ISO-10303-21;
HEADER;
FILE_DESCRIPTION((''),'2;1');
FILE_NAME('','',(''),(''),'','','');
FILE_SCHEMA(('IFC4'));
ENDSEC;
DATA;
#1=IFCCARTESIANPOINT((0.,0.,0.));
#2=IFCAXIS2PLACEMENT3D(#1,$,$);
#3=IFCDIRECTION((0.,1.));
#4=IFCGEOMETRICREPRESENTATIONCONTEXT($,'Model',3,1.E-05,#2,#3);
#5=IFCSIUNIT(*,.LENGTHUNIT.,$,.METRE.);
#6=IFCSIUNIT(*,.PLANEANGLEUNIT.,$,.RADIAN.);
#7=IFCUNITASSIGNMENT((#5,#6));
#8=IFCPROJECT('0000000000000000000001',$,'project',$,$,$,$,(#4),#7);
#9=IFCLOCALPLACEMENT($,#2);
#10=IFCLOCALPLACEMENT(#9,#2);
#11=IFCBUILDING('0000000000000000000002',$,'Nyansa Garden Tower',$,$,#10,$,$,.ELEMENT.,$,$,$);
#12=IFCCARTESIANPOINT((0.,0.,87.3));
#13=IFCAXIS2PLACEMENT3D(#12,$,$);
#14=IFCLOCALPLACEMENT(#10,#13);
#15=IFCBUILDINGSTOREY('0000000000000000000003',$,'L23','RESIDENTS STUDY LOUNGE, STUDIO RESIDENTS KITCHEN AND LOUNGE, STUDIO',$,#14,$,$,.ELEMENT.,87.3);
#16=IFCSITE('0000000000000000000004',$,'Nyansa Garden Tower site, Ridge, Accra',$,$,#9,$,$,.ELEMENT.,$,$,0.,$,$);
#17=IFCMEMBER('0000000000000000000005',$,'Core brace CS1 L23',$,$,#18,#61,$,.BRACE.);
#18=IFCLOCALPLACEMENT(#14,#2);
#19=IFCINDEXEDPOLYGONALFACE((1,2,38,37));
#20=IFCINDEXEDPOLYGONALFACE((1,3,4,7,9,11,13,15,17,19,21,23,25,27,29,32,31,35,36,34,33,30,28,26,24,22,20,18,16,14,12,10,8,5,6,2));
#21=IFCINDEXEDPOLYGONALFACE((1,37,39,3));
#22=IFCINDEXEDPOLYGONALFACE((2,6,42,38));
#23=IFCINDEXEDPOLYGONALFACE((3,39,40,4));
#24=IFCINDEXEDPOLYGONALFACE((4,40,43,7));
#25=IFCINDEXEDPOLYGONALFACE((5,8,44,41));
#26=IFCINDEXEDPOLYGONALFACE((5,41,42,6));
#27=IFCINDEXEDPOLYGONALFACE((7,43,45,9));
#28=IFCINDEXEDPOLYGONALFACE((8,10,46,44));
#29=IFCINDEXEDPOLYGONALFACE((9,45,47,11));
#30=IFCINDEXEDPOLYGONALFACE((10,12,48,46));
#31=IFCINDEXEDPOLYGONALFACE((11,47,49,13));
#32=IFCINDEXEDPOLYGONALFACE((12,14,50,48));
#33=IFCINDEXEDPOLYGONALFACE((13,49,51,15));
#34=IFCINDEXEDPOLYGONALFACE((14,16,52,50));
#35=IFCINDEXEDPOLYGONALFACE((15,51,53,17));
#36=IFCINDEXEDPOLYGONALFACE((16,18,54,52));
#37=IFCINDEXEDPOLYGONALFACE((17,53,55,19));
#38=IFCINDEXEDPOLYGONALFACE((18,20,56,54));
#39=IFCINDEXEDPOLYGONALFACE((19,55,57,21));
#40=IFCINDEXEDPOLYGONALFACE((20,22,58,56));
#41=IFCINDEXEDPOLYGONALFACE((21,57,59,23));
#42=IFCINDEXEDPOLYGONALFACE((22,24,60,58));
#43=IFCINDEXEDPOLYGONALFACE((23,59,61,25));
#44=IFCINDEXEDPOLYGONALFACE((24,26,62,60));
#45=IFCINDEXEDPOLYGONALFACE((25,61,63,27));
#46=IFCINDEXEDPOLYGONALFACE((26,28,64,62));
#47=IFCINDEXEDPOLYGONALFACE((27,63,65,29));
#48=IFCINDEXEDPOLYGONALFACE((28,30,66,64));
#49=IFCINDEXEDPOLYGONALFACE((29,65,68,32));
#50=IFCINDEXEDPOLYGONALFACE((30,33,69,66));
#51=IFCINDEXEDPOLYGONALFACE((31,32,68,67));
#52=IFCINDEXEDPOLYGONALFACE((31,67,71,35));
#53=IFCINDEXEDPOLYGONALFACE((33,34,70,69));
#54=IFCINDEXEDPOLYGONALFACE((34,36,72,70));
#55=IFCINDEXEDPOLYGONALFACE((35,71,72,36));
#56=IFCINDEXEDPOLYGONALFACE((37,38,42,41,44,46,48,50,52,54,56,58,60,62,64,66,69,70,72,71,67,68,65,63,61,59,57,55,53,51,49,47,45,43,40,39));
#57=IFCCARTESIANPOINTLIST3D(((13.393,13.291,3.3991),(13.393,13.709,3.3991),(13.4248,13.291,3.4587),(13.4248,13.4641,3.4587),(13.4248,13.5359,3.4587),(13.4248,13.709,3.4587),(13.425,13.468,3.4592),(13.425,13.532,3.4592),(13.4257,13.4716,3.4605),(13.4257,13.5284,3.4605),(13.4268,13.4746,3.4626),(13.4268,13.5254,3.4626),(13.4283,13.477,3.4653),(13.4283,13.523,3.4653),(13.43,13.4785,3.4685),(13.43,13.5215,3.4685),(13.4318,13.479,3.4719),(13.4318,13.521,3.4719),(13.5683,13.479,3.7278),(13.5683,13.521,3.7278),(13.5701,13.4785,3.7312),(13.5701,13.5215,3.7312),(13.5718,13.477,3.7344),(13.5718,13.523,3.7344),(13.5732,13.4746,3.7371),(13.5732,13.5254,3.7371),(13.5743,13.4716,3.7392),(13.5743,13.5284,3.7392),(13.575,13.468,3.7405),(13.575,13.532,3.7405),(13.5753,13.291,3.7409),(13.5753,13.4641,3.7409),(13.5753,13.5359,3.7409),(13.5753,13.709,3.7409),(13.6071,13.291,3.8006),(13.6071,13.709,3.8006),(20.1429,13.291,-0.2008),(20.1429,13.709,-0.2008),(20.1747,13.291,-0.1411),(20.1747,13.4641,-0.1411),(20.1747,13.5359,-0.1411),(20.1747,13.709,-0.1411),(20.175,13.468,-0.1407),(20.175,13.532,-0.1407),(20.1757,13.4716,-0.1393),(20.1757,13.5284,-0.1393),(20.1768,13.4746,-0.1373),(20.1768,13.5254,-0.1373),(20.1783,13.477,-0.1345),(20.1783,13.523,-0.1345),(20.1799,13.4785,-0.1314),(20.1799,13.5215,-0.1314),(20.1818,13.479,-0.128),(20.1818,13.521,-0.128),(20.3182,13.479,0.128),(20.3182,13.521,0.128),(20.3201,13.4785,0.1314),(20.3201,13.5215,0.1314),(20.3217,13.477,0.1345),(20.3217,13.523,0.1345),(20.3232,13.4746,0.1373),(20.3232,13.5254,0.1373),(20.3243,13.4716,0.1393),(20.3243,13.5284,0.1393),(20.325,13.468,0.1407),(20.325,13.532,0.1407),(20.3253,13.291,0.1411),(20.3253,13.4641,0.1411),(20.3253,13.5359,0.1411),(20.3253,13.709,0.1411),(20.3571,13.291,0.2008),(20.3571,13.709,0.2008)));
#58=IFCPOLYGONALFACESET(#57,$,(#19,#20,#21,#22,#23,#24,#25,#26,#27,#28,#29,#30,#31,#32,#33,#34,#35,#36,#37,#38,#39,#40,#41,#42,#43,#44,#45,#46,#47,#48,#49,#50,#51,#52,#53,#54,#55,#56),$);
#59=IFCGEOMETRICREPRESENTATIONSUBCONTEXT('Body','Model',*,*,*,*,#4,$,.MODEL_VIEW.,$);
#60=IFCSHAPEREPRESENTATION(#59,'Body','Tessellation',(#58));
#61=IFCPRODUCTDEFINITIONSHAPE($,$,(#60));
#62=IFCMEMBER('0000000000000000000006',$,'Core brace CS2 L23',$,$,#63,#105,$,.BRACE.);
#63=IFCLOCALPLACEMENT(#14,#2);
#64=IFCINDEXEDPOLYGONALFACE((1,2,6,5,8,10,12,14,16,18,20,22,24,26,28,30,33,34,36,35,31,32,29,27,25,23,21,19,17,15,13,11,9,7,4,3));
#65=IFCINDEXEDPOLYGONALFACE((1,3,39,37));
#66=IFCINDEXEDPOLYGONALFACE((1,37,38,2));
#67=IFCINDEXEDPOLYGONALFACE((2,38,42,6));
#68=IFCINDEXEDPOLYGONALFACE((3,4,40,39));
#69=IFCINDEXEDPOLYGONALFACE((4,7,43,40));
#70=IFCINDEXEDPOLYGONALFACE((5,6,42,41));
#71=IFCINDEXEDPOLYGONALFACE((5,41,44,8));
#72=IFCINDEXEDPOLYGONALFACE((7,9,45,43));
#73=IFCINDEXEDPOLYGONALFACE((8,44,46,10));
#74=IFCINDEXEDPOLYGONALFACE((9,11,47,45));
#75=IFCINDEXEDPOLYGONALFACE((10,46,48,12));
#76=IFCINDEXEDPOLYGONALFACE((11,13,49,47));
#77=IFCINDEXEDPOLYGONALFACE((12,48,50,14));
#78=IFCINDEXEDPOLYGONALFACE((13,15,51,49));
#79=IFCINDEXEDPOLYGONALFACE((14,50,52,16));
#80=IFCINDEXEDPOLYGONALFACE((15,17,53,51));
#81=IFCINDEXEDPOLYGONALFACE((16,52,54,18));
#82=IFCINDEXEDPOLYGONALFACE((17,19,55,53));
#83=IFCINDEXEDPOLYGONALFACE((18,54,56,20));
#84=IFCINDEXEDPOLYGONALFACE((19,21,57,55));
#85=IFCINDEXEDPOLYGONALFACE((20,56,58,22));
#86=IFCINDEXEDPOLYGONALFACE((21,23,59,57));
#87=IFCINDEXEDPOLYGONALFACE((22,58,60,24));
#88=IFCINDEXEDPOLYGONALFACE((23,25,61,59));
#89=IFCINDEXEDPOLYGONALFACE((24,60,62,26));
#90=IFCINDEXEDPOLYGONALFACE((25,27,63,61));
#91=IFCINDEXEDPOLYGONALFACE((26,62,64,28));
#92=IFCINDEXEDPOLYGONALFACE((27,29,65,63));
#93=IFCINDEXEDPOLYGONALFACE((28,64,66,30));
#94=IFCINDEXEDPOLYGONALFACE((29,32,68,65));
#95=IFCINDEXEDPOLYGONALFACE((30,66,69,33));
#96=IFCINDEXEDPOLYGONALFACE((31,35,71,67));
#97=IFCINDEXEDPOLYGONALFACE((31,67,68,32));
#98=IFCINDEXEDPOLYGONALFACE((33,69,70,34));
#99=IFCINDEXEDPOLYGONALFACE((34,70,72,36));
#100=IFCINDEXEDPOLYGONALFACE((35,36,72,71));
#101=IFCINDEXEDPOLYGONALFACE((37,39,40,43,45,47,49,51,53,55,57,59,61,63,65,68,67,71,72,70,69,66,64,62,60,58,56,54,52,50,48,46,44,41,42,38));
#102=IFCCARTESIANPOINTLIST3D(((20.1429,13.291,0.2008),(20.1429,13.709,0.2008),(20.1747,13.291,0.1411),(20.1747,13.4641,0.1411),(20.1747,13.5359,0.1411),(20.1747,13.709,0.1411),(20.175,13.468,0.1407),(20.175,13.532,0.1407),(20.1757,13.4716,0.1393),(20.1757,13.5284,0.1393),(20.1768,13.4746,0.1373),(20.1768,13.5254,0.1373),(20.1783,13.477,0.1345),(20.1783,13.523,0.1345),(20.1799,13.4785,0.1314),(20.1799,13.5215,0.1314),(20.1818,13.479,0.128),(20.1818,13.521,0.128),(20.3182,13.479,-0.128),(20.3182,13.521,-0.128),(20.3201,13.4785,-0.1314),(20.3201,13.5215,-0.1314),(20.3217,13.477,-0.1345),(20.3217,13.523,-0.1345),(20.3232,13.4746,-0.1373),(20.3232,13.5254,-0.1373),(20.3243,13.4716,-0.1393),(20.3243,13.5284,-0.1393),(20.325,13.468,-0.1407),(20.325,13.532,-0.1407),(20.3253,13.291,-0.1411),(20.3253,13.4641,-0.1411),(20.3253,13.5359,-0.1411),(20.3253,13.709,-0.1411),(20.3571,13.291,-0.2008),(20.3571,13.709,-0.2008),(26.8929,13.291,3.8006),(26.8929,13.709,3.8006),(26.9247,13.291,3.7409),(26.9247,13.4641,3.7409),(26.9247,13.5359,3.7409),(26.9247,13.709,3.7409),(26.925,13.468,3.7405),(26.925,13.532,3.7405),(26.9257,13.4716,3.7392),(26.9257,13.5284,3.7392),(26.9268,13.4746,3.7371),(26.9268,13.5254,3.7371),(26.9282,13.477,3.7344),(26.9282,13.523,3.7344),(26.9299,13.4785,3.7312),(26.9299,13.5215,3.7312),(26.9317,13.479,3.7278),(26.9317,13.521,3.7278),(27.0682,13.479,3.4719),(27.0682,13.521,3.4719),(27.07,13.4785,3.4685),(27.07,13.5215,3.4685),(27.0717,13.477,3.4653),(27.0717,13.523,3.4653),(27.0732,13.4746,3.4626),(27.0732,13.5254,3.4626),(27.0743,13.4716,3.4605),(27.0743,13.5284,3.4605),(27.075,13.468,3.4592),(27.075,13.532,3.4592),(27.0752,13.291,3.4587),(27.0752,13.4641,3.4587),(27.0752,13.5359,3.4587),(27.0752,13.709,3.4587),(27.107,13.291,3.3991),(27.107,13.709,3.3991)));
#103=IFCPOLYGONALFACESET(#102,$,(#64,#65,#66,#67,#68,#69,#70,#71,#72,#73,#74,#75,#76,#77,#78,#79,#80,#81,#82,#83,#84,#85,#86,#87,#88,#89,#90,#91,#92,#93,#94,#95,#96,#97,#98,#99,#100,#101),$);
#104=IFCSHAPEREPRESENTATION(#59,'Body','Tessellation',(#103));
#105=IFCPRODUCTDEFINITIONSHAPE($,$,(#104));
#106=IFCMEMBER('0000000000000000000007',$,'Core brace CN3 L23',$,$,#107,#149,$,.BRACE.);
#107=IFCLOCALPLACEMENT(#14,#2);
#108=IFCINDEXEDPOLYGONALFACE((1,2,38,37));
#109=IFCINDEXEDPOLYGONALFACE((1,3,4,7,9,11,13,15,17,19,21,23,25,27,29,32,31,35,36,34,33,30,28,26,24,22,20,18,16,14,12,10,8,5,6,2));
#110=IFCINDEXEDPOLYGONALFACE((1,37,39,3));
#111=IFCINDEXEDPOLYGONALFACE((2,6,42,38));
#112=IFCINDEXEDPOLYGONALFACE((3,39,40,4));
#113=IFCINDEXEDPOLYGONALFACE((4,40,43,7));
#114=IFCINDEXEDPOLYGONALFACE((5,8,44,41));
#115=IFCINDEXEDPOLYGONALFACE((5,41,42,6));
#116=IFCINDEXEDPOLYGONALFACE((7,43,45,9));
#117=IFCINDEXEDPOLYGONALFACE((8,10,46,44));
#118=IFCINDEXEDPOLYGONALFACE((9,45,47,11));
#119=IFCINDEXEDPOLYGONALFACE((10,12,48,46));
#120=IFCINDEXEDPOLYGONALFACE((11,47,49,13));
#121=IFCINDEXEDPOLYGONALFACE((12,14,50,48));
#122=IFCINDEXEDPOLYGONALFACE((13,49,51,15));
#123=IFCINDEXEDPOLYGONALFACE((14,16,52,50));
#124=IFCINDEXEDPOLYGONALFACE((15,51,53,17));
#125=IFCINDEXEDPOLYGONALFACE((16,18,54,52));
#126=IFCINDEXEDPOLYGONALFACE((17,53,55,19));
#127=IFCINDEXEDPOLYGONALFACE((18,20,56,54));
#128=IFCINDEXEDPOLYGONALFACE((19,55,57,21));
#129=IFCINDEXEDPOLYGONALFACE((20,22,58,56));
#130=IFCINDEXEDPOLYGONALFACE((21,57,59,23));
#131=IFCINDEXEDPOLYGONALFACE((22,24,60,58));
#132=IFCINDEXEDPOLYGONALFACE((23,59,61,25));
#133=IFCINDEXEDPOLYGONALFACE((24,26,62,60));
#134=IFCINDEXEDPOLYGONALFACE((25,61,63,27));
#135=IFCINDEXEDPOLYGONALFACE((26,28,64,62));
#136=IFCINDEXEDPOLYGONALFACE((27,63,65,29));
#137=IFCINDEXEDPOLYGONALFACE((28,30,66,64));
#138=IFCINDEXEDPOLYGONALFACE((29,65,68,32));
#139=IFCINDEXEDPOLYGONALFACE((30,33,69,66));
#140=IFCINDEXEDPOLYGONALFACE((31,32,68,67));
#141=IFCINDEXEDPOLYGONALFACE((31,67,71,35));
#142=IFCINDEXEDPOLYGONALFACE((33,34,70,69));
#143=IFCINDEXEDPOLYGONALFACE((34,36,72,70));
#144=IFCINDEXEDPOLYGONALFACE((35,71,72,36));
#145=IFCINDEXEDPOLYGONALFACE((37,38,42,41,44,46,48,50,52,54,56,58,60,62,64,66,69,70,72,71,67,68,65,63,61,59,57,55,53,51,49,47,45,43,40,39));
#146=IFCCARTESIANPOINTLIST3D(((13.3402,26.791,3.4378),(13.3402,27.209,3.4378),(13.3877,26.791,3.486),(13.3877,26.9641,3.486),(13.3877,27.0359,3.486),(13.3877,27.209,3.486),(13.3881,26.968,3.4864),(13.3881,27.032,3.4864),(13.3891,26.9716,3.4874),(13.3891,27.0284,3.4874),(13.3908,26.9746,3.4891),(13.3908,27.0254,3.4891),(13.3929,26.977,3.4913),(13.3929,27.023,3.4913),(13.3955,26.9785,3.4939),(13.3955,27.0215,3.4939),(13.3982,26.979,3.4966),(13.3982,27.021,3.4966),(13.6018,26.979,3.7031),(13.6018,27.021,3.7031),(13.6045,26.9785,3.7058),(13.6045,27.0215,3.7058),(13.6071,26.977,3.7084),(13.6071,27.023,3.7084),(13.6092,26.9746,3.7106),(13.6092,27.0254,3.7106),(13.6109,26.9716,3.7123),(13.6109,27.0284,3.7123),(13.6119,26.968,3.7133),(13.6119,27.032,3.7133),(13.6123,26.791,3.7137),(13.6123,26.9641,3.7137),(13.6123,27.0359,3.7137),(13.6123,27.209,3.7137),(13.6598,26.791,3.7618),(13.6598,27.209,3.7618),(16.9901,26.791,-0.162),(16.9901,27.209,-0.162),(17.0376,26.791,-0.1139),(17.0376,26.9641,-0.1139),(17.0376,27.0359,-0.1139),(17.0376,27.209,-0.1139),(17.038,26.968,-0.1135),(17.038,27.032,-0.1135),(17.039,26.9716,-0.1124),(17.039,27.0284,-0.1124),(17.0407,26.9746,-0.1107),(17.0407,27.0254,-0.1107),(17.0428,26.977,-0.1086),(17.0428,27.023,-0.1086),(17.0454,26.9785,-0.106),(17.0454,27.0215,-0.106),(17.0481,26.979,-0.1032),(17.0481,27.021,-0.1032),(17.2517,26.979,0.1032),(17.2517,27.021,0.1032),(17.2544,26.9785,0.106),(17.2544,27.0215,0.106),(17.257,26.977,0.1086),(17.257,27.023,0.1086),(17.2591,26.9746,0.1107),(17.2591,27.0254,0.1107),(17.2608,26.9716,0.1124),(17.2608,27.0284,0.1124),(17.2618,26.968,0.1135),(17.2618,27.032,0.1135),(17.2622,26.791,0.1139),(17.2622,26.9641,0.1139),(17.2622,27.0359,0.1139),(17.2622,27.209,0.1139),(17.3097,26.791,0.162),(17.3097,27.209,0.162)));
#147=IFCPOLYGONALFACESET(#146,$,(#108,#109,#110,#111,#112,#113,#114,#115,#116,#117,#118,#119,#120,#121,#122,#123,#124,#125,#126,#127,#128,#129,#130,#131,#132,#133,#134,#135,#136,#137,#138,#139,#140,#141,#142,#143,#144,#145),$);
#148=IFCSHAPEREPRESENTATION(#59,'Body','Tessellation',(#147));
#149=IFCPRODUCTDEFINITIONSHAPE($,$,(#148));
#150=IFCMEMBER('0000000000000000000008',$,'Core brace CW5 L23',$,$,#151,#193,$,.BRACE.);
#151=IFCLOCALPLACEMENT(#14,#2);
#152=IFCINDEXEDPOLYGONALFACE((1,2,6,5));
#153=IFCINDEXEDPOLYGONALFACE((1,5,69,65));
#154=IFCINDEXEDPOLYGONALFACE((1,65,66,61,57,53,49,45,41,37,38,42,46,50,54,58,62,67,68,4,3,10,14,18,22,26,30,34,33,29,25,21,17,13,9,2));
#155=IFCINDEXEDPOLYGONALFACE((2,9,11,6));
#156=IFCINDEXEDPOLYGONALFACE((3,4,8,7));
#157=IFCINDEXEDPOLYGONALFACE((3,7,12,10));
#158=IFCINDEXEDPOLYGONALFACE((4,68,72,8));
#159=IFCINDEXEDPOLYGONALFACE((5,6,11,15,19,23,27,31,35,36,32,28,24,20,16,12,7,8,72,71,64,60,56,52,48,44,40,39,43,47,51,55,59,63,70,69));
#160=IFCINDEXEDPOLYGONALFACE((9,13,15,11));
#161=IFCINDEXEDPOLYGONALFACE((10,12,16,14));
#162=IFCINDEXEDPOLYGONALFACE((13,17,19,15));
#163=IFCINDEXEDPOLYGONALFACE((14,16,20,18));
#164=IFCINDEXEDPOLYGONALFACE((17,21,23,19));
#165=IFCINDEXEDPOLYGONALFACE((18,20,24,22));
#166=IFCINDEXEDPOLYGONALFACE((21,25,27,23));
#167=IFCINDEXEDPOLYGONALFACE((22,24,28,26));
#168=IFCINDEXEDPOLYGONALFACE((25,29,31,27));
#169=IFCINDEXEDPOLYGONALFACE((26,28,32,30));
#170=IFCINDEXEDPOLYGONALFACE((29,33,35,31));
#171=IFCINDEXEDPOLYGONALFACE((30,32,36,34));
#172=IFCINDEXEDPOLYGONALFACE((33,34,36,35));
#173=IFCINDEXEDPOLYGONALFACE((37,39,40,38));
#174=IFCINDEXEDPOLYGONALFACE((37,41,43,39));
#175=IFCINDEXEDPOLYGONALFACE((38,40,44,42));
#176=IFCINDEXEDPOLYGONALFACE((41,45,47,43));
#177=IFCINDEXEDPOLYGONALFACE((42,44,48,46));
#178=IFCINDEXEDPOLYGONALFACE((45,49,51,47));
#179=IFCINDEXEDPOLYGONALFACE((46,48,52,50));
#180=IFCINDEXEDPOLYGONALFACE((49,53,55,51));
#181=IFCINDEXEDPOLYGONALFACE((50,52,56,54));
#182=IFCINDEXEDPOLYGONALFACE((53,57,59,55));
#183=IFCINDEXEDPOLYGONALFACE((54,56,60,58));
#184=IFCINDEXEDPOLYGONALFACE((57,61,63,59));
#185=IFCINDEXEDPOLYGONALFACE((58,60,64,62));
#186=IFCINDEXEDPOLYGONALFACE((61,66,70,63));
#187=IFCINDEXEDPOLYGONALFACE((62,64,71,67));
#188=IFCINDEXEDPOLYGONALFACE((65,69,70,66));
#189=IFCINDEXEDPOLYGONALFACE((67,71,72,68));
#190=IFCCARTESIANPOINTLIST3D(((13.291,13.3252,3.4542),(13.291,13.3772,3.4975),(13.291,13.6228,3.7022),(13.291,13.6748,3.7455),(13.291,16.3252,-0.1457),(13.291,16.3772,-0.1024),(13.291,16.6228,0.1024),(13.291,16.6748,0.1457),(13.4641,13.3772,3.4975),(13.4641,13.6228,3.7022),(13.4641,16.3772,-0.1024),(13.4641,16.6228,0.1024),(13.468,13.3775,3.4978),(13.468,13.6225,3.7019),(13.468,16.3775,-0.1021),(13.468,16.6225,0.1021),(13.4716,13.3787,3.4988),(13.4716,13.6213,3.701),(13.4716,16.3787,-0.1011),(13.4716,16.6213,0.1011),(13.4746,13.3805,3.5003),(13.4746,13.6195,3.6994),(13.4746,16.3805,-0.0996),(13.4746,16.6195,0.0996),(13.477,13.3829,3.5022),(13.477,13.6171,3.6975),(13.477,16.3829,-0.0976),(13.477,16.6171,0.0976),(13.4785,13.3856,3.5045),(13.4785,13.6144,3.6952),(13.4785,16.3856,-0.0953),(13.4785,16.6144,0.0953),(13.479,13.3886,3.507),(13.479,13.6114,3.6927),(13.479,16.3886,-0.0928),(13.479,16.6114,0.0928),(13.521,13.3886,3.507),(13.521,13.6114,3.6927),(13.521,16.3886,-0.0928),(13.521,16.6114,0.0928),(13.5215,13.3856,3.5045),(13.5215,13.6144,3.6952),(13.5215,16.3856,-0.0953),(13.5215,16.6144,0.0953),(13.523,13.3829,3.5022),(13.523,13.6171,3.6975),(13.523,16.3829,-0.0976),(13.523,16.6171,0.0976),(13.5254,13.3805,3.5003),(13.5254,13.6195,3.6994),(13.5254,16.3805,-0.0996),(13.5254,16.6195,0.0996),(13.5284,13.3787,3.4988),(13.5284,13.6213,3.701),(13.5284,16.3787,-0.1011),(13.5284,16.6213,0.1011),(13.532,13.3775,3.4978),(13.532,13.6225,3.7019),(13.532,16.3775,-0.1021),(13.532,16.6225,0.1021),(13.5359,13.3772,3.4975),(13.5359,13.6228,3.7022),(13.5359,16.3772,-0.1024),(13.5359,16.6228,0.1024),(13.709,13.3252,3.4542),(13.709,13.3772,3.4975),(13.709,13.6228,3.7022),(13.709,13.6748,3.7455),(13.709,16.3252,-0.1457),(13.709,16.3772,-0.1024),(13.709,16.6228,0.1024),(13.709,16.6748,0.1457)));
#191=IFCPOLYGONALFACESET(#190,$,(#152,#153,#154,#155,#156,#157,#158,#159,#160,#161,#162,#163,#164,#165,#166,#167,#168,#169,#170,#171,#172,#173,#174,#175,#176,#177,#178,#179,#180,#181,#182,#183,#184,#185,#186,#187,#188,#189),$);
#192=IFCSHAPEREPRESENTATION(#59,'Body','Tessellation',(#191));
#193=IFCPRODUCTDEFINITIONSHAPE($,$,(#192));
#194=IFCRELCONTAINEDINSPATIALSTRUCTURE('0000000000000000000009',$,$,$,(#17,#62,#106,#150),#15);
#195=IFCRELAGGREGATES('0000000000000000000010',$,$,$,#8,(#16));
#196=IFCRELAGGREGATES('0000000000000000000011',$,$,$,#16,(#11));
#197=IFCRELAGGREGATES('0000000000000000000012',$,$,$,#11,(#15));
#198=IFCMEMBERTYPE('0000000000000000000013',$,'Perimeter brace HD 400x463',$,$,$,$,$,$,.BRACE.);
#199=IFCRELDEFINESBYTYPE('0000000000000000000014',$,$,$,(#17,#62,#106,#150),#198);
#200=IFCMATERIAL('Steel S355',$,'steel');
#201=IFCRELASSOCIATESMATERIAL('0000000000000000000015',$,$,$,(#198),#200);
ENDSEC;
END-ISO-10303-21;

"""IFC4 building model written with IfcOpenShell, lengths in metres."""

from ifc_helpers import new_model, si_unit, direction, frame, origin, origin_2d, place, context, subcontext, project, spatial, i_section, extrude, material, material_profile, profile_set, type_object, element, save


model = new_model("IFC4")

# Units and contexts
model_context = context("Model", 3, precision=1e-05, world=origin(), true_north=direction((0.0, 1.0)))
body_context = subcontext(model_context, "Body", "Model", "MODEL_VIEW")
ifc_project = project(units=[si_unit("LENGTHUNIT", "METRE"), si_unit("PLANEANGLEUNIT", "RADIAN")], contexts=[model_context])

# Site, building, storey
site_placement = place(None, origin())
site = spatial("IfcSite", under=ifc_project, at=site_placement, Name="Nyansa Garden Tower site, Ridge, Accra", CompositionType="ELEMENT", RefElevation=0.0)
building_placement = place(site_placement, origin())
building = spatial("IfcBuilding", under=site, at=building_placement, Name="Nyansa Garden Tower", CompositionType="ELEMENT")
storey_placement = place(building_placement, frame((0.0, 0.0, 87.3)))
storey = spatial("IfcBuildingStorey", under=building, at=storey_placement, Name="L23", Description="RESIDENTS STUDY LOUNGE, STUDIO RESIDENTS KITCHEN AND LOUNGE, STUDIO", CompositionType="ELEMENT", Elevation=87.3)

# Members
ifc_material_1 = material(Name="Steel S355", Category="steel")
ifc_material_profile_1 = material_profile(ifc_material_1, i_section(OverallWidth=0.418, OverallDepth=0.4551, WebThickness=0.042, FlangeThickness=0.0676, FilletRadius=0.0149, at=origin_2d()), Name="HD 400x463")
ifc_profile_set_1 = profile_set([ifc_material_profile_1], Name="Steel S355")
member_type = type_object("IfcMemberType", Name="Perimeter brace HD 400x463", PredefinedType="BRACE", material=ifc_profile_set_1)
for number, where, z_axis, x_axis, name in (
    (1, (20.25, 13.5, 0.0), (-0.882361, 0.0, 0.470573), (0.0, -1.0, 0.0), "Core brace CS1 L23"),
    (2, (20.25, 13.5, 0.0), (0.882361, 0.0, 0.470573), (0.0, 1.0, 0.0), "Core brace CS2 L23"),
):
    element("IfcMember", number, at=place(storey_placement, frame(where, z_axis=z_axis, x_axis=x_axis)), inside=storey, type_object=member_type, Name=name, PredefinedType="BRACE", context=body_context, shape_type="SweptSolid", body=[
        extrude(i_section(OverallWidth=0.418, OverallDepth=0.4551, WebThickness=0.042, FlangeThickness=0.0676, FilletRadius=0.0149, at=origin_2d()), origin(), (0.0, 0.0, 1.0), 7.6499),
    ])
member_1_placement = place(storey_placement, frame((17.1499, 27.0, 0.0), z_axis=(-0.711971, 0.0, 0.702209), x_axis=(0.0, -1.0, 0.0)))
element("IfcMember", 3, at=member_1_placement, inside=storey, type_object=member_type, Name="Core brace CN3 L23", PredefinedType="BRACE", context=body_context, shape_type="SweptSolid", body=[
    extrude(i_section(OverallWidth=0.418, OverallDepth=0.4551, WebThickness=0.042, FlangeThickness=0.0676, FilletRadius=0.0149, at=origin_2d()), origin(), (0.0, 0.0, 1.0), 5.1265),
])
member_2_placement = place(storey_placement, frame((13.5, 16.5, 0.0), z_axis=(0.0, -0.6402, 0.768208), x_axis=(1.0, 0.0, 0.0)))
element("IfcMember", 4, at=member_2_placement, inside=storey, type_object=member_type, Name="Core brace CW5 L23", PredefinedType="BRACE", context=body_context, shape_type="SweptSolid", body=[
    extrude(i_section(OverallWidth=0.418, OverallDepth=0.4551, WebThickness=0.042, FlangeThickness=0.0676, FilletRadius=0.0149, at=origin_2d()), origin(), (0.0, 0.0, 1.0), 4.686),
])

save(model, "model.ifc")
